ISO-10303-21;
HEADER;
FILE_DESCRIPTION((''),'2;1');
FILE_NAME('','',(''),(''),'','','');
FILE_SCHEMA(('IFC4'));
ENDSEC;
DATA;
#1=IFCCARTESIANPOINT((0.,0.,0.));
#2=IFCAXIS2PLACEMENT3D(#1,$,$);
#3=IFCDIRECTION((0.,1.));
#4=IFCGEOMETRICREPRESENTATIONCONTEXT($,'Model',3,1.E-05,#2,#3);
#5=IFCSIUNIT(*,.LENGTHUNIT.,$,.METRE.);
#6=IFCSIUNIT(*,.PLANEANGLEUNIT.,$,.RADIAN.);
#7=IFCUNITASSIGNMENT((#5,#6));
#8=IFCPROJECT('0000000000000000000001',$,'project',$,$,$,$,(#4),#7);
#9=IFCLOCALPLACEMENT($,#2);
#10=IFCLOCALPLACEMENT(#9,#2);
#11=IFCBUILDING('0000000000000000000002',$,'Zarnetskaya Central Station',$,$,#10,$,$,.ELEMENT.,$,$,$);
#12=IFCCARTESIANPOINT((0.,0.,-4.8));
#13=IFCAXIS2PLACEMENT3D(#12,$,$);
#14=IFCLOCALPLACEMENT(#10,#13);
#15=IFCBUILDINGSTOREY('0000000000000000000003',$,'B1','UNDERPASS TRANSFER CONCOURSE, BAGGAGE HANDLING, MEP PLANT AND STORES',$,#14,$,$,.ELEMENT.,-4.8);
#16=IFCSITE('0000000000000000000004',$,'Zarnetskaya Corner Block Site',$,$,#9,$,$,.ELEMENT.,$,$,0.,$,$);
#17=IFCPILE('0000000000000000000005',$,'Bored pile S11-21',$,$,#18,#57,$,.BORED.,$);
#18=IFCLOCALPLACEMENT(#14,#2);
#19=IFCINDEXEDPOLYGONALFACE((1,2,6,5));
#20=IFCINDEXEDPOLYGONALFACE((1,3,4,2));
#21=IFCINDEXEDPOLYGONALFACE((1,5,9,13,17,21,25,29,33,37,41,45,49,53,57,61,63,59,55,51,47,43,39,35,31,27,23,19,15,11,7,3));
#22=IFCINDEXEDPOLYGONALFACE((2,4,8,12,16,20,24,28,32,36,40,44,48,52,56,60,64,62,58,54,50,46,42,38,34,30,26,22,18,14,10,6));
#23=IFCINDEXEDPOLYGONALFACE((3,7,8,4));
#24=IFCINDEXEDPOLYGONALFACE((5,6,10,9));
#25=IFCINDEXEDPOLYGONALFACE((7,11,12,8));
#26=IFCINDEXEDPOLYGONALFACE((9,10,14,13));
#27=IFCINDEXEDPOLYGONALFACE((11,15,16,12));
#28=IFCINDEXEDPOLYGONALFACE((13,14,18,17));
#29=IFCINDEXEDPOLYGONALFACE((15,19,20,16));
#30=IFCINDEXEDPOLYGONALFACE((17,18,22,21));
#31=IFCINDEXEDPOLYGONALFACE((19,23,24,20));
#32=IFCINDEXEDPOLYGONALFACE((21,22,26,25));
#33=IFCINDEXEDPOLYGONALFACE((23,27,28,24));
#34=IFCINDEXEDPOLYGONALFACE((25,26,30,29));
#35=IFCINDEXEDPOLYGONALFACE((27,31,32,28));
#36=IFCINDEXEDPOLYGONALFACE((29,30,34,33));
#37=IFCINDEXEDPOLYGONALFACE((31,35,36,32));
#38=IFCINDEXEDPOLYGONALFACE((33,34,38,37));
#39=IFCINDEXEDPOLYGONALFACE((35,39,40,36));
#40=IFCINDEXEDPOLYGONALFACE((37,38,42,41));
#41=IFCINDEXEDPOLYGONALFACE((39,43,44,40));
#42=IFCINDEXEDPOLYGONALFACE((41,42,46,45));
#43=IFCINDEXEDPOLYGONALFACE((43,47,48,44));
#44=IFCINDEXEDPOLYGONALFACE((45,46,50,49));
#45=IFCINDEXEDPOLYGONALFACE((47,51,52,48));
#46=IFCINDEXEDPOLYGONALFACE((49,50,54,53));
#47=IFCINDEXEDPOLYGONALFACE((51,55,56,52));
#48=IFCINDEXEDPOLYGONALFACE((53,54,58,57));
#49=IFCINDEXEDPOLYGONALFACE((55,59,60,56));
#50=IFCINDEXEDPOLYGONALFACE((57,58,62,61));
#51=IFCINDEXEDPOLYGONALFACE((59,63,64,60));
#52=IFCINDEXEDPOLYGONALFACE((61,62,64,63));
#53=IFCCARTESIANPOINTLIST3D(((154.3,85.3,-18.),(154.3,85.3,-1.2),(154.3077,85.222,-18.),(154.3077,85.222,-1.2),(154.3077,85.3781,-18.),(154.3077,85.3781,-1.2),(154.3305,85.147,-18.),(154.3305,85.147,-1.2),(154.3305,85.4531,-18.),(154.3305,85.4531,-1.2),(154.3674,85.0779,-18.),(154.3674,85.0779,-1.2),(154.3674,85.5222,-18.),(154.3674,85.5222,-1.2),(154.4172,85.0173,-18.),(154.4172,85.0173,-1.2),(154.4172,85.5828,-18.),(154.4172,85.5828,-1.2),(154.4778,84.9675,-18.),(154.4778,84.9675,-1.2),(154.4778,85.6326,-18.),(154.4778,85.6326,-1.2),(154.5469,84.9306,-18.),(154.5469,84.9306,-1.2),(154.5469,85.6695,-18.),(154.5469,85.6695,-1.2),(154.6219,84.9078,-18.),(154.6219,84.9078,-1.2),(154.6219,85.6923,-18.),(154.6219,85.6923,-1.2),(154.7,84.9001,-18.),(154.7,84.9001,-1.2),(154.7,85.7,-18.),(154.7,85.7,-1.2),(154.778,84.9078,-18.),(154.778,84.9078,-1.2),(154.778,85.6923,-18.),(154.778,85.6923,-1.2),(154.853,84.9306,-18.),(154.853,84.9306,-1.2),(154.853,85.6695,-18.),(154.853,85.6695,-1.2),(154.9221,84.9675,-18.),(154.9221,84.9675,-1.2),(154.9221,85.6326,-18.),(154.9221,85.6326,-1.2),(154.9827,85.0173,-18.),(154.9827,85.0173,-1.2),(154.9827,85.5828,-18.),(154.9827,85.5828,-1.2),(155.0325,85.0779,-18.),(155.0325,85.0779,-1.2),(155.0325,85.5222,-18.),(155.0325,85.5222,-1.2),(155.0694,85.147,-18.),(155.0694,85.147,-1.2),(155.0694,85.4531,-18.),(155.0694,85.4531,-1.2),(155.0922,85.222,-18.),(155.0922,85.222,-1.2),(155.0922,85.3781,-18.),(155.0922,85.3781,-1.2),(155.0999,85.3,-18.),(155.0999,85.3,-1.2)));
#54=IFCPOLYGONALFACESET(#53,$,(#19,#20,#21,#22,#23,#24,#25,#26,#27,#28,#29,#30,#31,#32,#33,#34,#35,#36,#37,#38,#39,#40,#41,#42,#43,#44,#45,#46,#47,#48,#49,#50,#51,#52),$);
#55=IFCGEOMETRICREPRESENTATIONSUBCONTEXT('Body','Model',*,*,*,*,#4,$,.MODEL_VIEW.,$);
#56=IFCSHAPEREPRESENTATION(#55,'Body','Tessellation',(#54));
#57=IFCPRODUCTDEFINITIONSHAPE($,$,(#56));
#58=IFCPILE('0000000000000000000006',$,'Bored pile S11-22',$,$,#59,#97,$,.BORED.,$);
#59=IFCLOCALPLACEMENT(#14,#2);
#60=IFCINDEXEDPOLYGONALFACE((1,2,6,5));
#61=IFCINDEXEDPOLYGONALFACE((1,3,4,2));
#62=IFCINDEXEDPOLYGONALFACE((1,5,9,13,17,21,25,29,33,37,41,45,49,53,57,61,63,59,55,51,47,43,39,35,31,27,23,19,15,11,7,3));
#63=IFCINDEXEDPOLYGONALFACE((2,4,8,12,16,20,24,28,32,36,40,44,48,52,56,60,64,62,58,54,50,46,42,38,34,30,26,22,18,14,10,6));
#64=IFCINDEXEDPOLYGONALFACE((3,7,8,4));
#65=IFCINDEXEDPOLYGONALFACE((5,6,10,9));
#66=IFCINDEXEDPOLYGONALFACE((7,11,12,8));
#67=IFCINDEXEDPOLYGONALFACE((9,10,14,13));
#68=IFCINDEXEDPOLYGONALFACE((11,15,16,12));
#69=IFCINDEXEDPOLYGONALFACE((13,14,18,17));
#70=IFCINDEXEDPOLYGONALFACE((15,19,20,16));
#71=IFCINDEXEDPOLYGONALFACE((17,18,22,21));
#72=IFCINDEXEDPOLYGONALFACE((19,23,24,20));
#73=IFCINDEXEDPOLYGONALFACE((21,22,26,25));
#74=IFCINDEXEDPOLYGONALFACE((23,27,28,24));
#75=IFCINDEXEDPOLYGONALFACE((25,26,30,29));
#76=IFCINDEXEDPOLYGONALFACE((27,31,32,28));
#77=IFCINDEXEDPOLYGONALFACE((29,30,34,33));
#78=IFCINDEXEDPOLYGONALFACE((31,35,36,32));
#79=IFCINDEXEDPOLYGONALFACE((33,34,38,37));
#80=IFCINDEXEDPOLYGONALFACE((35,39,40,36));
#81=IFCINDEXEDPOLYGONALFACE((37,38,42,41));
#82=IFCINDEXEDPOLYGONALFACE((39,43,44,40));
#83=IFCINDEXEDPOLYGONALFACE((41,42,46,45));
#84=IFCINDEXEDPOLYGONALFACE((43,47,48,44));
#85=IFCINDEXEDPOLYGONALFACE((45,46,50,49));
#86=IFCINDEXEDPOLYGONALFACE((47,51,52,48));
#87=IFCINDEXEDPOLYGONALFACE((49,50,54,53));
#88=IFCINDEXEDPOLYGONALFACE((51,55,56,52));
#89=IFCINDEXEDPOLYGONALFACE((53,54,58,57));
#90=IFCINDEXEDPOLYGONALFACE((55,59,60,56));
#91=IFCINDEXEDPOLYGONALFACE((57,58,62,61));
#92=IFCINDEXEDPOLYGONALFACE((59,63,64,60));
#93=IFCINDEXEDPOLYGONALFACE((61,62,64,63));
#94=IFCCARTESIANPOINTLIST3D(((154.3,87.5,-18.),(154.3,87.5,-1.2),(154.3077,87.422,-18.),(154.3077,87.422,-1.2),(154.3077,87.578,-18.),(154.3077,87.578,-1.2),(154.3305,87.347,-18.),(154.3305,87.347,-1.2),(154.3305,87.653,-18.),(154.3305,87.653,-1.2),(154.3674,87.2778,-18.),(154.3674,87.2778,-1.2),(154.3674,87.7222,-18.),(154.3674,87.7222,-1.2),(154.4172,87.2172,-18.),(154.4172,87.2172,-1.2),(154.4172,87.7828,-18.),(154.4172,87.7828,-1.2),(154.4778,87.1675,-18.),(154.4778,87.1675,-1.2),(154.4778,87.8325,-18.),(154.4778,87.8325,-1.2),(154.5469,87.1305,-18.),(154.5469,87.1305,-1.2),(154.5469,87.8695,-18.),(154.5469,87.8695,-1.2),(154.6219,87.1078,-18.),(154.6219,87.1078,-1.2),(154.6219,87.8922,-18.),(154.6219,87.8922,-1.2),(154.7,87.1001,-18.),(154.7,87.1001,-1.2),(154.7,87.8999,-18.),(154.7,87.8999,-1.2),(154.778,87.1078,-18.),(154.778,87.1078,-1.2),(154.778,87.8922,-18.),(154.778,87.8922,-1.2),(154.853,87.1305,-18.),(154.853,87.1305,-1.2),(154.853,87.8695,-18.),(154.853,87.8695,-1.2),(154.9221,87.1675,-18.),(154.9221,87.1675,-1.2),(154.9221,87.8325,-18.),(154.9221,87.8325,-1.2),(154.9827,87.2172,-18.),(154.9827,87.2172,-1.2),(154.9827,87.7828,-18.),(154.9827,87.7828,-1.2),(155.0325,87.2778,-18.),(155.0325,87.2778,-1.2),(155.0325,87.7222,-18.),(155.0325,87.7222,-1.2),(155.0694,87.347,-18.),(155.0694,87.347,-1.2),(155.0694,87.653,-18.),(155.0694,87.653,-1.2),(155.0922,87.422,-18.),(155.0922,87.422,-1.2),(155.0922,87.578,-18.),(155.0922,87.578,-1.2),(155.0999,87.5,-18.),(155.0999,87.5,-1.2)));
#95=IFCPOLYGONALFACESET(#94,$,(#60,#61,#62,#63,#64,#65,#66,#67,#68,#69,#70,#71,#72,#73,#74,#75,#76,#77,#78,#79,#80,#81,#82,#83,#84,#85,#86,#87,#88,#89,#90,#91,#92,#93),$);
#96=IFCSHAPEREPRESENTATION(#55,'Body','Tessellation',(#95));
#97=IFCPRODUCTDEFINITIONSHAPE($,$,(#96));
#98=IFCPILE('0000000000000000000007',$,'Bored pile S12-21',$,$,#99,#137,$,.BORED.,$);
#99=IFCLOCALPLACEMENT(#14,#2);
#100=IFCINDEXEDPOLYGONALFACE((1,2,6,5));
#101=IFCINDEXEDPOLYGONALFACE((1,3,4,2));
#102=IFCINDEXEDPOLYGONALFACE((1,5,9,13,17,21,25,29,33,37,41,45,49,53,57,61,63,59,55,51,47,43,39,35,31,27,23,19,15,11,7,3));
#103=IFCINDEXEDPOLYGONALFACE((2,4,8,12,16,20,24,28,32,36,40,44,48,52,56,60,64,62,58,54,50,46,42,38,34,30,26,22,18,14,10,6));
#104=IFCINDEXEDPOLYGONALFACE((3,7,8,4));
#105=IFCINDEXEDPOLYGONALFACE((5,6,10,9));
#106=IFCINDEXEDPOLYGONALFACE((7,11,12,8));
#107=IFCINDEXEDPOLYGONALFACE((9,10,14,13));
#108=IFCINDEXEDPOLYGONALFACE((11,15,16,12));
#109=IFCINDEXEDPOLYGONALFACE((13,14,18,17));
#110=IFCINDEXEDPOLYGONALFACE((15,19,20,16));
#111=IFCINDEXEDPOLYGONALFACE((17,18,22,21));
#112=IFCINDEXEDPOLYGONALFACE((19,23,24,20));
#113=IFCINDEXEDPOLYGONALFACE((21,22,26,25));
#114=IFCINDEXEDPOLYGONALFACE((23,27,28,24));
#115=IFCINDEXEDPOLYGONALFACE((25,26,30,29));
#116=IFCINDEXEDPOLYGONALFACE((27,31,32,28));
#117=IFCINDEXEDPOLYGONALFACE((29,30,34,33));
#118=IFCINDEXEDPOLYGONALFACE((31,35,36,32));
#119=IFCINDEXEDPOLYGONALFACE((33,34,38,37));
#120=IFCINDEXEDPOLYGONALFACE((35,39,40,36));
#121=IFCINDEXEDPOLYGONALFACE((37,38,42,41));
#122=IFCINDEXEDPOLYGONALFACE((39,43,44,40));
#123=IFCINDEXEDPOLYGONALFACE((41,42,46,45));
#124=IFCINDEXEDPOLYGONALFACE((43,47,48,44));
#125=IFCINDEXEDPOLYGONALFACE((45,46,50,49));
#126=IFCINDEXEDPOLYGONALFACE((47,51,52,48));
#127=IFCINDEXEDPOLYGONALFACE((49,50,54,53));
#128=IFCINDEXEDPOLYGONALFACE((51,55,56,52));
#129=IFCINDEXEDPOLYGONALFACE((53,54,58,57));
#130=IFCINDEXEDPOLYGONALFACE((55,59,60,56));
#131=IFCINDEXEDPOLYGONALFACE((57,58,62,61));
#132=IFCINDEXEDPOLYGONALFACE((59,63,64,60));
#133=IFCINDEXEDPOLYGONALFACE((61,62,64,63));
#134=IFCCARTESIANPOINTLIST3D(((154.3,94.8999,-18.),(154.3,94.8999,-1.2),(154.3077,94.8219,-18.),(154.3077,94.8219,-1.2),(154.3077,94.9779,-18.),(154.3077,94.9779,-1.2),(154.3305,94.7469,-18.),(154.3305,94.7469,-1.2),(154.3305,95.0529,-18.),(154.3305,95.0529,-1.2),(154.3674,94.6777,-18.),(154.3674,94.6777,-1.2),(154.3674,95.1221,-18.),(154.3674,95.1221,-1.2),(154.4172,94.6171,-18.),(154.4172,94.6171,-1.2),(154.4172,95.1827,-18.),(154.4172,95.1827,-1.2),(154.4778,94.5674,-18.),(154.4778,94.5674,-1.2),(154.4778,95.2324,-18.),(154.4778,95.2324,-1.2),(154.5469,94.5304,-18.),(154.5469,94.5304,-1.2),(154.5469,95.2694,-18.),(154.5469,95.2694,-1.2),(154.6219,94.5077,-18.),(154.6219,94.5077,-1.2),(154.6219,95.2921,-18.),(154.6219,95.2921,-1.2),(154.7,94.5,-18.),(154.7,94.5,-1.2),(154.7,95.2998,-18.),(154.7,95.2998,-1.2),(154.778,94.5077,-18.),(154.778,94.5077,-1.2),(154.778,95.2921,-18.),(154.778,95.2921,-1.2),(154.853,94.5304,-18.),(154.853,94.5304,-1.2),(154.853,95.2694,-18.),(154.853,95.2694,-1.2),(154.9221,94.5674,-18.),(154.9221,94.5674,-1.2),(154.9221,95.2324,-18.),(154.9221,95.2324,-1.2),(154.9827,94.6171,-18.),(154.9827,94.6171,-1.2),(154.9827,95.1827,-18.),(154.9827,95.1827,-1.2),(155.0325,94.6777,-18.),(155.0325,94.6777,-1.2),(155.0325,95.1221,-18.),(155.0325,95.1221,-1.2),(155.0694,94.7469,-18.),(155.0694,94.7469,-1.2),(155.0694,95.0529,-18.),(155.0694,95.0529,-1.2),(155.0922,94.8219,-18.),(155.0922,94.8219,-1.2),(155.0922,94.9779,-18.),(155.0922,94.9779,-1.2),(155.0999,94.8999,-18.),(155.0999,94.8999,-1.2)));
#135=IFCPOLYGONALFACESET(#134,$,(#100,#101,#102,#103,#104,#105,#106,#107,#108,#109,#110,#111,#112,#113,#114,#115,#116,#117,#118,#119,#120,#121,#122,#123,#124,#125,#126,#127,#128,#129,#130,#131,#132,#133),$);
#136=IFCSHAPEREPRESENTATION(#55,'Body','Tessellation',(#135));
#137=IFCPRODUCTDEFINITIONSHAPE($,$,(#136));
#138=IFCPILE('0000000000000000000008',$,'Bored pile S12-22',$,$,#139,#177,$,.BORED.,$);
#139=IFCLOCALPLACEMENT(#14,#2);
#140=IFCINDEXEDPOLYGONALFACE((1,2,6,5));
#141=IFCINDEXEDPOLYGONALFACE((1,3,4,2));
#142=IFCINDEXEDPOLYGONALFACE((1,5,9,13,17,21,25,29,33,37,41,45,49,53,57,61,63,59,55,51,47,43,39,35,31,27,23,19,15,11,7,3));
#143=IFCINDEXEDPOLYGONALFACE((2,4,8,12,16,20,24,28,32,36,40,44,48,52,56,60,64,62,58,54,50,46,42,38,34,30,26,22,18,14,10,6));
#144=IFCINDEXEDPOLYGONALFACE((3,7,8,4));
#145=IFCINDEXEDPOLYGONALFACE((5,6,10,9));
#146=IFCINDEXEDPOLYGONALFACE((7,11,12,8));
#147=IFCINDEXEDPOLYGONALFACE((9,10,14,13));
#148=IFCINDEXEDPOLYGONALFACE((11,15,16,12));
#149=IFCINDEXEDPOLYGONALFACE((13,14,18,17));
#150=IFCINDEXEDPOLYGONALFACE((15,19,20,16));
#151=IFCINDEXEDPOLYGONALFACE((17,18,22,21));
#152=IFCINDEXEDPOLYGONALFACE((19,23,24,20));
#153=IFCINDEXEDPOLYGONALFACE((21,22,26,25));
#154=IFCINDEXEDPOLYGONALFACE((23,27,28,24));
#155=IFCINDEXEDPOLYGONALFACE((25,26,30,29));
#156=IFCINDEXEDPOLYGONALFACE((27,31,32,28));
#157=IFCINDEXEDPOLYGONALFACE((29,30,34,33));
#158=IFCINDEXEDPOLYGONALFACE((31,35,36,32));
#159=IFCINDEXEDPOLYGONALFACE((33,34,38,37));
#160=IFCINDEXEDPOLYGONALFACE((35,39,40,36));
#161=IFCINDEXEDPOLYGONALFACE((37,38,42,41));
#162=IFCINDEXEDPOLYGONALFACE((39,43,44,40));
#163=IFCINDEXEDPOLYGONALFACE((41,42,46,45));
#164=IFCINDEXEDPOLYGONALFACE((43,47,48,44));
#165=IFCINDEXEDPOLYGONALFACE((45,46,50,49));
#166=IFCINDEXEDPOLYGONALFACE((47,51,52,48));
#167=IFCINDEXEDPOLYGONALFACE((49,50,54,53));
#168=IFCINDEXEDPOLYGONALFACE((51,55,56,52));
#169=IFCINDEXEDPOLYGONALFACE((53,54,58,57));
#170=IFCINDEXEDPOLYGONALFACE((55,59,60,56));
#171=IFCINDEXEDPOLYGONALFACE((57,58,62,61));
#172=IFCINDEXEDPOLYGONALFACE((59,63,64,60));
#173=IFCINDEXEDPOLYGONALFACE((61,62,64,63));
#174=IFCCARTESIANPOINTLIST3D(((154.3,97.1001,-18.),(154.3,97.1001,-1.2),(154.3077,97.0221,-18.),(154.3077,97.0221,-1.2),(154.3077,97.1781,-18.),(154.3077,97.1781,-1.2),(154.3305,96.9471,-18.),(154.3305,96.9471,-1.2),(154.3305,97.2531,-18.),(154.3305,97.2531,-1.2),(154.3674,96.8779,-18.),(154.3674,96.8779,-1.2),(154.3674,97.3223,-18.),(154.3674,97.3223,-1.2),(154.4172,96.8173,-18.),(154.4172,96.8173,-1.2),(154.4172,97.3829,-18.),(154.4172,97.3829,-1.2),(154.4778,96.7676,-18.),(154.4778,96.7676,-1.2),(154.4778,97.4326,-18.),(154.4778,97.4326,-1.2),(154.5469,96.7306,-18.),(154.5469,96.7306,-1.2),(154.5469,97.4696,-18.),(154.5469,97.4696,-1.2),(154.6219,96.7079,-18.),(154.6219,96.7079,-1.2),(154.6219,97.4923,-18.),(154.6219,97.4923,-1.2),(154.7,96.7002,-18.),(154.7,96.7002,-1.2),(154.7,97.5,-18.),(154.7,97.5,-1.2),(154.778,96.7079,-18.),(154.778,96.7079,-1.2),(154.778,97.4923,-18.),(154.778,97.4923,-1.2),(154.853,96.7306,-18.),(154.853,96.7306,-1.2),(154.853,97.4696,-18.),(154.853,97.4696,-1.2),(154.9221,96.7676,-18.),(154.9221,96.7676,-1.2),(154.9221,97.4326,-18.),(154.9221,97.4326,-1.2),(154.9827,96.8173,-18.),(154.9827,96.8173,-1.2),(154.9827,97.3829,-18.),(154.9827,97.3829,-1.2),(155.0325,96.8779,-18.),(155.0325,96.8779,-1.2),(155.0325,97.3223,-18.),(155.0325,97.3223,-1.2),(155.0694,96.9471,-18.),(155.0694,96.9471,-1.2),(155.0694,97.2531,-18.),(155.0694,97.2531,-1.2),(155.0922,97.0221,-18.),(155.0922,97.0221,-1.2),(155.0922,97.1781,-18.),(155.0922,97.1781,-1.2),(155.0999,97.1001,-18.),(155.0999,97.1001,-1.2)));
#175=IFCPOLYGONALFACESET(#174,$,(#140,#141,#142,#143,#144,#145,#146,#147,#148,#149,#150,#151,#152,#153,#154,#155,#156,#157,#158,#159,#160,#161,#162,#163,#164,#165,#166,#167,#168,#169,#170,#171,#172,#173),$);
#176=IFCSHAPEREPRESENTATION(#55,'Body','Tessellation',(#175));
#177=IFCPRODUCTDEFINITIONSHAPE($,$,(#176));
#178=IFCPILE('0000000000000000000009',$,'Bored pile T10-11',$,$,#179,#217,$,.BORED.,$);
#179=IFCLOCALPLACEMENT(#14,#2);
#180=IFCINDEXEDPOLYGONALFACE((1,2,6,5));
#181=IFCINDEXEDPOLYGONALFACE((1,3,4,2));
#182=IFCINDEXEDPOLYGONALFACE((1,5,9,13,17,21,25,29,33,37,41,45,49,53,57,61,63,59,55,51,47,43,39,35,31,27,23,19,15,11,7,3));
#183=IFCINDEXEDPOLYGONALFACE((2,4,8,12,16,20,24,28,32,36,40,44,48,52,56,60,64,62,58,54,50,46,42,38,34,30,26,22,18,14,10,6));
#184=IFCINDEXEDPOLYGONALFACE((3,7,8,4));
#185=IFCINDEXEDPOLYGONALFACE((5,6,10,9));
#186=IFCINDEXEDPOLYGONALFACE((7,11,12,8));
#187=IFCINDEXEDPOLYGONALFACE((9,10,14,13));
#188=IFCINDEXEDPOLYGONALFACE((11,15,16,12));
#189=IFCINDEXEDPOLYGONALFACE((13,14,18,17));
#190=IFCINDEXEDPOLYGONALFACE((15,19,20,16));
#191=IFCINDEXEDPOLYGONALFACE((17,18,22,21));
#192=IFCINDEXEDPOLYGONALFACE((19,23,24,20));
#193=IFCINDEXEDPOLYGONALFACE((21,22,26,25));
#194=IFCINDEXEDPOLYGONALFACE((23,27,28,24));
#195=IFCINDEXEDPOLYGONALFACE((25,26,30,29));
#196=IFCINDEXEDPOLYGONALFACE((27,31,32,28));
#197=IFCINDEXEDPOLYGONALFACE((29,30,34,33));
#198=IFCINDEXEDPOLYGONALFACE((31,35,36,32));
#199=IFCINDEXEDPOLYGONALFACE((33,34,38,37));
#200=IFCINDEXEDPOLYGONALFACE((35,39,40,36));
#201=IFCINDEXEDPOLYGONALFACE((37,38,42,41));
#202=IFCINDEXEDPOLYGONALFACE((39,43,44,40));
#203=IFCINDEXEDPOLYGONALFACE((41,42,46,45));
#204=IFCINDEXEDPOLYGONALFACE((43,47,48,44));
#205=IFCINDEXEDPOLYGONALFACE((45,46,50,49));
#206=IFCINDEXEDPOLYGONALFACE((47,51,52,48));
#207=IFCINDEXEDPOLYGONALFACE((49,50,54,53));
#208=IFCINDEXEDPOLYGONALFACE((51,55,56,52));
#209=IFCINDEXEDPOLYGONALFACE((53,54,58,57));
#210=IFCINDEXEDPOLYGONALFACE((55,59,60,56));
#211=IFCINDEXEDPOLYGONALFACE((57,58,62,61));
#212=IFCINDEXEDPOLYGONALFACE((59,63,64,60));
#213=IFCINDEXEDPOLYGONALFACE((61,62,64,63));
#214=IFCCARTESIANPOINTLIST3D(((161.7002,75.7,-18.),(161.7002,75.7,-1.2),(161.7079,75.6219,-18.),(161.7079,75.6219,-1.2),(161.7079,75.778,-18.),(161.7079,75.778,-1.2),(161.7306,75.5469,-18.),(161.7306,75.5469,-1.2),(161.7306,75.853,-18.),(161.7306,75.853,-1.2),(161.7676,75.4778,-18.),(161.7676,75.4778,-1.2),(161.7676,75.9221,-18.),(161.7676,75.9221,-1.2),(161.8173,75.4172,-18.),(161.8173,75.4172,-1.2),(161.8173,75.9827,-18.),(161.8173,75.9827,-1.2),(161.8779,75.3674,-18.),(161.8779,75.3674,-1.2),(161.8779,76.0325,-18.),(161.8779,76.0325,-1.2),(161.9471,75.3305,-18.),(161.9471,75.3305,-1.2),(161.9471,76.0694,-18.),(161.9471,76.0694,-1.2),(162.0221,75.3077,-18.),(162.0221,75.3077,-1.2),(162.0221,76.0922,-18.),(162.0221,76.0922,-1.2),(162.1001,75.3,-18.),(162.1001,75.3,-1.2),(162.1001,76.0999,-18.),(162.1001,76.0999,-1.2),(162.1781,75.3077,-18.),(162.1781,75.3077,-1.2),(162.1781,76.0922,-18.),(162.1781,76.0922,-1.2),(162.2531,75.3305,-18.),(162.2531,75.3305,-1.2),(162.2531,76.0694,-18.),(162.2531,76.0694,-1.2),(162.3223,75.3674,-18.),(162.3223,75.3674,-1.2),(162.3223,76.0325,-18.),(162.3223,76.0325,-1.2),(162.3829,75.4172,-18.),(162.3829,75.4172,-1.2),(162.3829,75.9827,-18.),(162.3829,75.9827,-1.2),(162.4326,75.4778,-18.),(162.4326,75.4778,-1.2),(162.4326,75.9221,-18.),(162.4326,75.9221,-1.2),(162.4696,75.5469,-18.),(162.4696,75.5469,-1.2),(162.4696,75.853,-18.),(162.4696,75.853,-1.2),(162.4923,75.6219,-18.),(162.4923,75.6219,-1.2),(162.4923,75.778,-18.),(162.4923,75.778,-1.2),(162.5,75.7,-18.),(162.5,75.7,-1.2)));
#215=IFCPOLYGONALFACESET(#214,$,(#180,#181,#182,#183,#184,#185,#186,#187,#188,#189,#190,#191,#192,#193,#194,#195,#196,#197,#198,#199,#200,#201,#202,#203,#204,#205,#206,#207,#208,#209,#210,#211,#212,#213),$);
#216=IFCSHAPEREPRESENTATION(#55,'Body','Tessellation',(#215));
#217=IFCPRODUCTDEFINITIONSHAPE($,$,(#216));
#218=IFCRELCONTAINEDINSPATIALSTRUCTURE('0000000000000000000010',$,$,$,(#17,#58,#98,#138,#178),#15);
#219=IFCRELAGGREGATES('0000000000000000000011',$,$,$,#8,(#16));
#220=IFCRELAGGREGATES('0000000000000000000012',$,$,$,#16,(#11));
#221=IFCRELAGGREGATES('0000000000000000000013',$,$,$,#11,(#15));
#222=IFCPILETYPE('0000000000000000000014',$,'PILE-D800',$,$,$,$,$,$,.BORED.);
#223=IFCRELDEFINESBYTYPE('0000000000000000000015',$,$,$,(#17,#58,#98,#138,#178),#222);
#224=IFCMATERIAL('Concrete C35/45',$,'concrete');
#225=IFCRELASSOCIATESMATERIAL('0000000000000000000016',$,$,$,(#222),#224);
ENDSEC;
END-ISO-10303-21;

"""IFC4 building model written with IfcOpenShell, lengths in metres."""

from ifc_helpers import new_model, si_unit, direction, frame, origin, origin_2d, place, context, subcontext, project, spatial, circle, extrude, material, material_profile, profile_set, type_object, element, save


model = new_model("IFC4")

# Units and contexts
model_context = context("Model", 3, precision=1e-05, world=origin(), true_north=direction((0.0, 1.0)))
body_context = subcontext(model_context, "Body", "Model", "MODEL_VIEW")
ifc_project = project(units=[si_unit("LENGTHUNIT", "METRE"), si_unit("PLANEANGLEUNIT", "RADIAN")], contexts=[model_context])

# Site, building, storey
site_placement = place(None, origin())
site = spatial("IfcSite", under=ifc_project, at=site_placement, Name="Zarnetskaya Corner Block Site", CompositionType="ELEMENT", RefElevation=0.0)
building_placement = place(site_placement, origin())
building = spatial("IfcBuilding", under=site, at=building_placement, Name="Zarnetskaya Central Station", CompositionType="ELEMENT")
storey_placement = place(building_placement, frame((0.0, 0.0, -4.8)))
storey = spatial("IfcBuildingStorey", under=building, at=storey_placement, Name="B1", Description="UNDERPASS TRANSFER CONCOURSE, BAGGAGE HANDLING, MEP PLANT AND STORES", CompositionType="ELEMENT", Elevation=-4.8)

# Shared definitions
ifc_material = material(Name="Concrete C35/45", Category="concrete")

# Piles
ifc_material_profile_1 = material_profile(ifc_material, circle(Radius=0.3999, at=origin_2d()), Name="BORED PILE D800")
ifc_profile_set_1 = profile_set([ifc_material_profile_1], Name="Concrete C35/45")
pile_type = type_object("IfcPileType", Name="PILE-D800", PredefinedType="BORED", material=ifc_profile_set_1)
for number, where, z_axis, x_axis, name in (
    (1, (154.7, 85.3, -1.2), (0.0, 0.0, -1.0), (1.0, 0.0, 0.0), "Bored pile S11-21"),
    (2, (154.7, 87.5, -1.2), (0.0, 0.0, -1.0), (1.0, 0.0, 0.0), "Bored pile S11-22"),
    (3, (154.7, 94.8999, -1.2), (0.0, 0.0, -1.0), (1.0, 0.0, 0.0), "Bored pile S12-21"),
    (4, (154.7, 97.1001, -1.2), (0.0, 0.0, -1.0), (1.0, 0.0, 0.0), "Bored pile S12-22"),
    (5, (162.1001, 75.7, -1.2), (0.0, 0.0, -1.0), (1.0, 0.0, 0.0), "Bored pile T10-11"),
):
    element("IfcPile", number, at=place(storey_placement, frame(where, z_axis=z_axis, x_axis=x_axis)), inside=storey, type_object=pile_type, Name=name, PredefinedType="BORED", context=body_context, shape_type="SweptSolid", body=[
        extrude(circle(Radius=0.3999, at=origin_2d()), origin(), (0.0, 0.0, 1.0), 16.8),
    ])

save(model, "model.ifc")
